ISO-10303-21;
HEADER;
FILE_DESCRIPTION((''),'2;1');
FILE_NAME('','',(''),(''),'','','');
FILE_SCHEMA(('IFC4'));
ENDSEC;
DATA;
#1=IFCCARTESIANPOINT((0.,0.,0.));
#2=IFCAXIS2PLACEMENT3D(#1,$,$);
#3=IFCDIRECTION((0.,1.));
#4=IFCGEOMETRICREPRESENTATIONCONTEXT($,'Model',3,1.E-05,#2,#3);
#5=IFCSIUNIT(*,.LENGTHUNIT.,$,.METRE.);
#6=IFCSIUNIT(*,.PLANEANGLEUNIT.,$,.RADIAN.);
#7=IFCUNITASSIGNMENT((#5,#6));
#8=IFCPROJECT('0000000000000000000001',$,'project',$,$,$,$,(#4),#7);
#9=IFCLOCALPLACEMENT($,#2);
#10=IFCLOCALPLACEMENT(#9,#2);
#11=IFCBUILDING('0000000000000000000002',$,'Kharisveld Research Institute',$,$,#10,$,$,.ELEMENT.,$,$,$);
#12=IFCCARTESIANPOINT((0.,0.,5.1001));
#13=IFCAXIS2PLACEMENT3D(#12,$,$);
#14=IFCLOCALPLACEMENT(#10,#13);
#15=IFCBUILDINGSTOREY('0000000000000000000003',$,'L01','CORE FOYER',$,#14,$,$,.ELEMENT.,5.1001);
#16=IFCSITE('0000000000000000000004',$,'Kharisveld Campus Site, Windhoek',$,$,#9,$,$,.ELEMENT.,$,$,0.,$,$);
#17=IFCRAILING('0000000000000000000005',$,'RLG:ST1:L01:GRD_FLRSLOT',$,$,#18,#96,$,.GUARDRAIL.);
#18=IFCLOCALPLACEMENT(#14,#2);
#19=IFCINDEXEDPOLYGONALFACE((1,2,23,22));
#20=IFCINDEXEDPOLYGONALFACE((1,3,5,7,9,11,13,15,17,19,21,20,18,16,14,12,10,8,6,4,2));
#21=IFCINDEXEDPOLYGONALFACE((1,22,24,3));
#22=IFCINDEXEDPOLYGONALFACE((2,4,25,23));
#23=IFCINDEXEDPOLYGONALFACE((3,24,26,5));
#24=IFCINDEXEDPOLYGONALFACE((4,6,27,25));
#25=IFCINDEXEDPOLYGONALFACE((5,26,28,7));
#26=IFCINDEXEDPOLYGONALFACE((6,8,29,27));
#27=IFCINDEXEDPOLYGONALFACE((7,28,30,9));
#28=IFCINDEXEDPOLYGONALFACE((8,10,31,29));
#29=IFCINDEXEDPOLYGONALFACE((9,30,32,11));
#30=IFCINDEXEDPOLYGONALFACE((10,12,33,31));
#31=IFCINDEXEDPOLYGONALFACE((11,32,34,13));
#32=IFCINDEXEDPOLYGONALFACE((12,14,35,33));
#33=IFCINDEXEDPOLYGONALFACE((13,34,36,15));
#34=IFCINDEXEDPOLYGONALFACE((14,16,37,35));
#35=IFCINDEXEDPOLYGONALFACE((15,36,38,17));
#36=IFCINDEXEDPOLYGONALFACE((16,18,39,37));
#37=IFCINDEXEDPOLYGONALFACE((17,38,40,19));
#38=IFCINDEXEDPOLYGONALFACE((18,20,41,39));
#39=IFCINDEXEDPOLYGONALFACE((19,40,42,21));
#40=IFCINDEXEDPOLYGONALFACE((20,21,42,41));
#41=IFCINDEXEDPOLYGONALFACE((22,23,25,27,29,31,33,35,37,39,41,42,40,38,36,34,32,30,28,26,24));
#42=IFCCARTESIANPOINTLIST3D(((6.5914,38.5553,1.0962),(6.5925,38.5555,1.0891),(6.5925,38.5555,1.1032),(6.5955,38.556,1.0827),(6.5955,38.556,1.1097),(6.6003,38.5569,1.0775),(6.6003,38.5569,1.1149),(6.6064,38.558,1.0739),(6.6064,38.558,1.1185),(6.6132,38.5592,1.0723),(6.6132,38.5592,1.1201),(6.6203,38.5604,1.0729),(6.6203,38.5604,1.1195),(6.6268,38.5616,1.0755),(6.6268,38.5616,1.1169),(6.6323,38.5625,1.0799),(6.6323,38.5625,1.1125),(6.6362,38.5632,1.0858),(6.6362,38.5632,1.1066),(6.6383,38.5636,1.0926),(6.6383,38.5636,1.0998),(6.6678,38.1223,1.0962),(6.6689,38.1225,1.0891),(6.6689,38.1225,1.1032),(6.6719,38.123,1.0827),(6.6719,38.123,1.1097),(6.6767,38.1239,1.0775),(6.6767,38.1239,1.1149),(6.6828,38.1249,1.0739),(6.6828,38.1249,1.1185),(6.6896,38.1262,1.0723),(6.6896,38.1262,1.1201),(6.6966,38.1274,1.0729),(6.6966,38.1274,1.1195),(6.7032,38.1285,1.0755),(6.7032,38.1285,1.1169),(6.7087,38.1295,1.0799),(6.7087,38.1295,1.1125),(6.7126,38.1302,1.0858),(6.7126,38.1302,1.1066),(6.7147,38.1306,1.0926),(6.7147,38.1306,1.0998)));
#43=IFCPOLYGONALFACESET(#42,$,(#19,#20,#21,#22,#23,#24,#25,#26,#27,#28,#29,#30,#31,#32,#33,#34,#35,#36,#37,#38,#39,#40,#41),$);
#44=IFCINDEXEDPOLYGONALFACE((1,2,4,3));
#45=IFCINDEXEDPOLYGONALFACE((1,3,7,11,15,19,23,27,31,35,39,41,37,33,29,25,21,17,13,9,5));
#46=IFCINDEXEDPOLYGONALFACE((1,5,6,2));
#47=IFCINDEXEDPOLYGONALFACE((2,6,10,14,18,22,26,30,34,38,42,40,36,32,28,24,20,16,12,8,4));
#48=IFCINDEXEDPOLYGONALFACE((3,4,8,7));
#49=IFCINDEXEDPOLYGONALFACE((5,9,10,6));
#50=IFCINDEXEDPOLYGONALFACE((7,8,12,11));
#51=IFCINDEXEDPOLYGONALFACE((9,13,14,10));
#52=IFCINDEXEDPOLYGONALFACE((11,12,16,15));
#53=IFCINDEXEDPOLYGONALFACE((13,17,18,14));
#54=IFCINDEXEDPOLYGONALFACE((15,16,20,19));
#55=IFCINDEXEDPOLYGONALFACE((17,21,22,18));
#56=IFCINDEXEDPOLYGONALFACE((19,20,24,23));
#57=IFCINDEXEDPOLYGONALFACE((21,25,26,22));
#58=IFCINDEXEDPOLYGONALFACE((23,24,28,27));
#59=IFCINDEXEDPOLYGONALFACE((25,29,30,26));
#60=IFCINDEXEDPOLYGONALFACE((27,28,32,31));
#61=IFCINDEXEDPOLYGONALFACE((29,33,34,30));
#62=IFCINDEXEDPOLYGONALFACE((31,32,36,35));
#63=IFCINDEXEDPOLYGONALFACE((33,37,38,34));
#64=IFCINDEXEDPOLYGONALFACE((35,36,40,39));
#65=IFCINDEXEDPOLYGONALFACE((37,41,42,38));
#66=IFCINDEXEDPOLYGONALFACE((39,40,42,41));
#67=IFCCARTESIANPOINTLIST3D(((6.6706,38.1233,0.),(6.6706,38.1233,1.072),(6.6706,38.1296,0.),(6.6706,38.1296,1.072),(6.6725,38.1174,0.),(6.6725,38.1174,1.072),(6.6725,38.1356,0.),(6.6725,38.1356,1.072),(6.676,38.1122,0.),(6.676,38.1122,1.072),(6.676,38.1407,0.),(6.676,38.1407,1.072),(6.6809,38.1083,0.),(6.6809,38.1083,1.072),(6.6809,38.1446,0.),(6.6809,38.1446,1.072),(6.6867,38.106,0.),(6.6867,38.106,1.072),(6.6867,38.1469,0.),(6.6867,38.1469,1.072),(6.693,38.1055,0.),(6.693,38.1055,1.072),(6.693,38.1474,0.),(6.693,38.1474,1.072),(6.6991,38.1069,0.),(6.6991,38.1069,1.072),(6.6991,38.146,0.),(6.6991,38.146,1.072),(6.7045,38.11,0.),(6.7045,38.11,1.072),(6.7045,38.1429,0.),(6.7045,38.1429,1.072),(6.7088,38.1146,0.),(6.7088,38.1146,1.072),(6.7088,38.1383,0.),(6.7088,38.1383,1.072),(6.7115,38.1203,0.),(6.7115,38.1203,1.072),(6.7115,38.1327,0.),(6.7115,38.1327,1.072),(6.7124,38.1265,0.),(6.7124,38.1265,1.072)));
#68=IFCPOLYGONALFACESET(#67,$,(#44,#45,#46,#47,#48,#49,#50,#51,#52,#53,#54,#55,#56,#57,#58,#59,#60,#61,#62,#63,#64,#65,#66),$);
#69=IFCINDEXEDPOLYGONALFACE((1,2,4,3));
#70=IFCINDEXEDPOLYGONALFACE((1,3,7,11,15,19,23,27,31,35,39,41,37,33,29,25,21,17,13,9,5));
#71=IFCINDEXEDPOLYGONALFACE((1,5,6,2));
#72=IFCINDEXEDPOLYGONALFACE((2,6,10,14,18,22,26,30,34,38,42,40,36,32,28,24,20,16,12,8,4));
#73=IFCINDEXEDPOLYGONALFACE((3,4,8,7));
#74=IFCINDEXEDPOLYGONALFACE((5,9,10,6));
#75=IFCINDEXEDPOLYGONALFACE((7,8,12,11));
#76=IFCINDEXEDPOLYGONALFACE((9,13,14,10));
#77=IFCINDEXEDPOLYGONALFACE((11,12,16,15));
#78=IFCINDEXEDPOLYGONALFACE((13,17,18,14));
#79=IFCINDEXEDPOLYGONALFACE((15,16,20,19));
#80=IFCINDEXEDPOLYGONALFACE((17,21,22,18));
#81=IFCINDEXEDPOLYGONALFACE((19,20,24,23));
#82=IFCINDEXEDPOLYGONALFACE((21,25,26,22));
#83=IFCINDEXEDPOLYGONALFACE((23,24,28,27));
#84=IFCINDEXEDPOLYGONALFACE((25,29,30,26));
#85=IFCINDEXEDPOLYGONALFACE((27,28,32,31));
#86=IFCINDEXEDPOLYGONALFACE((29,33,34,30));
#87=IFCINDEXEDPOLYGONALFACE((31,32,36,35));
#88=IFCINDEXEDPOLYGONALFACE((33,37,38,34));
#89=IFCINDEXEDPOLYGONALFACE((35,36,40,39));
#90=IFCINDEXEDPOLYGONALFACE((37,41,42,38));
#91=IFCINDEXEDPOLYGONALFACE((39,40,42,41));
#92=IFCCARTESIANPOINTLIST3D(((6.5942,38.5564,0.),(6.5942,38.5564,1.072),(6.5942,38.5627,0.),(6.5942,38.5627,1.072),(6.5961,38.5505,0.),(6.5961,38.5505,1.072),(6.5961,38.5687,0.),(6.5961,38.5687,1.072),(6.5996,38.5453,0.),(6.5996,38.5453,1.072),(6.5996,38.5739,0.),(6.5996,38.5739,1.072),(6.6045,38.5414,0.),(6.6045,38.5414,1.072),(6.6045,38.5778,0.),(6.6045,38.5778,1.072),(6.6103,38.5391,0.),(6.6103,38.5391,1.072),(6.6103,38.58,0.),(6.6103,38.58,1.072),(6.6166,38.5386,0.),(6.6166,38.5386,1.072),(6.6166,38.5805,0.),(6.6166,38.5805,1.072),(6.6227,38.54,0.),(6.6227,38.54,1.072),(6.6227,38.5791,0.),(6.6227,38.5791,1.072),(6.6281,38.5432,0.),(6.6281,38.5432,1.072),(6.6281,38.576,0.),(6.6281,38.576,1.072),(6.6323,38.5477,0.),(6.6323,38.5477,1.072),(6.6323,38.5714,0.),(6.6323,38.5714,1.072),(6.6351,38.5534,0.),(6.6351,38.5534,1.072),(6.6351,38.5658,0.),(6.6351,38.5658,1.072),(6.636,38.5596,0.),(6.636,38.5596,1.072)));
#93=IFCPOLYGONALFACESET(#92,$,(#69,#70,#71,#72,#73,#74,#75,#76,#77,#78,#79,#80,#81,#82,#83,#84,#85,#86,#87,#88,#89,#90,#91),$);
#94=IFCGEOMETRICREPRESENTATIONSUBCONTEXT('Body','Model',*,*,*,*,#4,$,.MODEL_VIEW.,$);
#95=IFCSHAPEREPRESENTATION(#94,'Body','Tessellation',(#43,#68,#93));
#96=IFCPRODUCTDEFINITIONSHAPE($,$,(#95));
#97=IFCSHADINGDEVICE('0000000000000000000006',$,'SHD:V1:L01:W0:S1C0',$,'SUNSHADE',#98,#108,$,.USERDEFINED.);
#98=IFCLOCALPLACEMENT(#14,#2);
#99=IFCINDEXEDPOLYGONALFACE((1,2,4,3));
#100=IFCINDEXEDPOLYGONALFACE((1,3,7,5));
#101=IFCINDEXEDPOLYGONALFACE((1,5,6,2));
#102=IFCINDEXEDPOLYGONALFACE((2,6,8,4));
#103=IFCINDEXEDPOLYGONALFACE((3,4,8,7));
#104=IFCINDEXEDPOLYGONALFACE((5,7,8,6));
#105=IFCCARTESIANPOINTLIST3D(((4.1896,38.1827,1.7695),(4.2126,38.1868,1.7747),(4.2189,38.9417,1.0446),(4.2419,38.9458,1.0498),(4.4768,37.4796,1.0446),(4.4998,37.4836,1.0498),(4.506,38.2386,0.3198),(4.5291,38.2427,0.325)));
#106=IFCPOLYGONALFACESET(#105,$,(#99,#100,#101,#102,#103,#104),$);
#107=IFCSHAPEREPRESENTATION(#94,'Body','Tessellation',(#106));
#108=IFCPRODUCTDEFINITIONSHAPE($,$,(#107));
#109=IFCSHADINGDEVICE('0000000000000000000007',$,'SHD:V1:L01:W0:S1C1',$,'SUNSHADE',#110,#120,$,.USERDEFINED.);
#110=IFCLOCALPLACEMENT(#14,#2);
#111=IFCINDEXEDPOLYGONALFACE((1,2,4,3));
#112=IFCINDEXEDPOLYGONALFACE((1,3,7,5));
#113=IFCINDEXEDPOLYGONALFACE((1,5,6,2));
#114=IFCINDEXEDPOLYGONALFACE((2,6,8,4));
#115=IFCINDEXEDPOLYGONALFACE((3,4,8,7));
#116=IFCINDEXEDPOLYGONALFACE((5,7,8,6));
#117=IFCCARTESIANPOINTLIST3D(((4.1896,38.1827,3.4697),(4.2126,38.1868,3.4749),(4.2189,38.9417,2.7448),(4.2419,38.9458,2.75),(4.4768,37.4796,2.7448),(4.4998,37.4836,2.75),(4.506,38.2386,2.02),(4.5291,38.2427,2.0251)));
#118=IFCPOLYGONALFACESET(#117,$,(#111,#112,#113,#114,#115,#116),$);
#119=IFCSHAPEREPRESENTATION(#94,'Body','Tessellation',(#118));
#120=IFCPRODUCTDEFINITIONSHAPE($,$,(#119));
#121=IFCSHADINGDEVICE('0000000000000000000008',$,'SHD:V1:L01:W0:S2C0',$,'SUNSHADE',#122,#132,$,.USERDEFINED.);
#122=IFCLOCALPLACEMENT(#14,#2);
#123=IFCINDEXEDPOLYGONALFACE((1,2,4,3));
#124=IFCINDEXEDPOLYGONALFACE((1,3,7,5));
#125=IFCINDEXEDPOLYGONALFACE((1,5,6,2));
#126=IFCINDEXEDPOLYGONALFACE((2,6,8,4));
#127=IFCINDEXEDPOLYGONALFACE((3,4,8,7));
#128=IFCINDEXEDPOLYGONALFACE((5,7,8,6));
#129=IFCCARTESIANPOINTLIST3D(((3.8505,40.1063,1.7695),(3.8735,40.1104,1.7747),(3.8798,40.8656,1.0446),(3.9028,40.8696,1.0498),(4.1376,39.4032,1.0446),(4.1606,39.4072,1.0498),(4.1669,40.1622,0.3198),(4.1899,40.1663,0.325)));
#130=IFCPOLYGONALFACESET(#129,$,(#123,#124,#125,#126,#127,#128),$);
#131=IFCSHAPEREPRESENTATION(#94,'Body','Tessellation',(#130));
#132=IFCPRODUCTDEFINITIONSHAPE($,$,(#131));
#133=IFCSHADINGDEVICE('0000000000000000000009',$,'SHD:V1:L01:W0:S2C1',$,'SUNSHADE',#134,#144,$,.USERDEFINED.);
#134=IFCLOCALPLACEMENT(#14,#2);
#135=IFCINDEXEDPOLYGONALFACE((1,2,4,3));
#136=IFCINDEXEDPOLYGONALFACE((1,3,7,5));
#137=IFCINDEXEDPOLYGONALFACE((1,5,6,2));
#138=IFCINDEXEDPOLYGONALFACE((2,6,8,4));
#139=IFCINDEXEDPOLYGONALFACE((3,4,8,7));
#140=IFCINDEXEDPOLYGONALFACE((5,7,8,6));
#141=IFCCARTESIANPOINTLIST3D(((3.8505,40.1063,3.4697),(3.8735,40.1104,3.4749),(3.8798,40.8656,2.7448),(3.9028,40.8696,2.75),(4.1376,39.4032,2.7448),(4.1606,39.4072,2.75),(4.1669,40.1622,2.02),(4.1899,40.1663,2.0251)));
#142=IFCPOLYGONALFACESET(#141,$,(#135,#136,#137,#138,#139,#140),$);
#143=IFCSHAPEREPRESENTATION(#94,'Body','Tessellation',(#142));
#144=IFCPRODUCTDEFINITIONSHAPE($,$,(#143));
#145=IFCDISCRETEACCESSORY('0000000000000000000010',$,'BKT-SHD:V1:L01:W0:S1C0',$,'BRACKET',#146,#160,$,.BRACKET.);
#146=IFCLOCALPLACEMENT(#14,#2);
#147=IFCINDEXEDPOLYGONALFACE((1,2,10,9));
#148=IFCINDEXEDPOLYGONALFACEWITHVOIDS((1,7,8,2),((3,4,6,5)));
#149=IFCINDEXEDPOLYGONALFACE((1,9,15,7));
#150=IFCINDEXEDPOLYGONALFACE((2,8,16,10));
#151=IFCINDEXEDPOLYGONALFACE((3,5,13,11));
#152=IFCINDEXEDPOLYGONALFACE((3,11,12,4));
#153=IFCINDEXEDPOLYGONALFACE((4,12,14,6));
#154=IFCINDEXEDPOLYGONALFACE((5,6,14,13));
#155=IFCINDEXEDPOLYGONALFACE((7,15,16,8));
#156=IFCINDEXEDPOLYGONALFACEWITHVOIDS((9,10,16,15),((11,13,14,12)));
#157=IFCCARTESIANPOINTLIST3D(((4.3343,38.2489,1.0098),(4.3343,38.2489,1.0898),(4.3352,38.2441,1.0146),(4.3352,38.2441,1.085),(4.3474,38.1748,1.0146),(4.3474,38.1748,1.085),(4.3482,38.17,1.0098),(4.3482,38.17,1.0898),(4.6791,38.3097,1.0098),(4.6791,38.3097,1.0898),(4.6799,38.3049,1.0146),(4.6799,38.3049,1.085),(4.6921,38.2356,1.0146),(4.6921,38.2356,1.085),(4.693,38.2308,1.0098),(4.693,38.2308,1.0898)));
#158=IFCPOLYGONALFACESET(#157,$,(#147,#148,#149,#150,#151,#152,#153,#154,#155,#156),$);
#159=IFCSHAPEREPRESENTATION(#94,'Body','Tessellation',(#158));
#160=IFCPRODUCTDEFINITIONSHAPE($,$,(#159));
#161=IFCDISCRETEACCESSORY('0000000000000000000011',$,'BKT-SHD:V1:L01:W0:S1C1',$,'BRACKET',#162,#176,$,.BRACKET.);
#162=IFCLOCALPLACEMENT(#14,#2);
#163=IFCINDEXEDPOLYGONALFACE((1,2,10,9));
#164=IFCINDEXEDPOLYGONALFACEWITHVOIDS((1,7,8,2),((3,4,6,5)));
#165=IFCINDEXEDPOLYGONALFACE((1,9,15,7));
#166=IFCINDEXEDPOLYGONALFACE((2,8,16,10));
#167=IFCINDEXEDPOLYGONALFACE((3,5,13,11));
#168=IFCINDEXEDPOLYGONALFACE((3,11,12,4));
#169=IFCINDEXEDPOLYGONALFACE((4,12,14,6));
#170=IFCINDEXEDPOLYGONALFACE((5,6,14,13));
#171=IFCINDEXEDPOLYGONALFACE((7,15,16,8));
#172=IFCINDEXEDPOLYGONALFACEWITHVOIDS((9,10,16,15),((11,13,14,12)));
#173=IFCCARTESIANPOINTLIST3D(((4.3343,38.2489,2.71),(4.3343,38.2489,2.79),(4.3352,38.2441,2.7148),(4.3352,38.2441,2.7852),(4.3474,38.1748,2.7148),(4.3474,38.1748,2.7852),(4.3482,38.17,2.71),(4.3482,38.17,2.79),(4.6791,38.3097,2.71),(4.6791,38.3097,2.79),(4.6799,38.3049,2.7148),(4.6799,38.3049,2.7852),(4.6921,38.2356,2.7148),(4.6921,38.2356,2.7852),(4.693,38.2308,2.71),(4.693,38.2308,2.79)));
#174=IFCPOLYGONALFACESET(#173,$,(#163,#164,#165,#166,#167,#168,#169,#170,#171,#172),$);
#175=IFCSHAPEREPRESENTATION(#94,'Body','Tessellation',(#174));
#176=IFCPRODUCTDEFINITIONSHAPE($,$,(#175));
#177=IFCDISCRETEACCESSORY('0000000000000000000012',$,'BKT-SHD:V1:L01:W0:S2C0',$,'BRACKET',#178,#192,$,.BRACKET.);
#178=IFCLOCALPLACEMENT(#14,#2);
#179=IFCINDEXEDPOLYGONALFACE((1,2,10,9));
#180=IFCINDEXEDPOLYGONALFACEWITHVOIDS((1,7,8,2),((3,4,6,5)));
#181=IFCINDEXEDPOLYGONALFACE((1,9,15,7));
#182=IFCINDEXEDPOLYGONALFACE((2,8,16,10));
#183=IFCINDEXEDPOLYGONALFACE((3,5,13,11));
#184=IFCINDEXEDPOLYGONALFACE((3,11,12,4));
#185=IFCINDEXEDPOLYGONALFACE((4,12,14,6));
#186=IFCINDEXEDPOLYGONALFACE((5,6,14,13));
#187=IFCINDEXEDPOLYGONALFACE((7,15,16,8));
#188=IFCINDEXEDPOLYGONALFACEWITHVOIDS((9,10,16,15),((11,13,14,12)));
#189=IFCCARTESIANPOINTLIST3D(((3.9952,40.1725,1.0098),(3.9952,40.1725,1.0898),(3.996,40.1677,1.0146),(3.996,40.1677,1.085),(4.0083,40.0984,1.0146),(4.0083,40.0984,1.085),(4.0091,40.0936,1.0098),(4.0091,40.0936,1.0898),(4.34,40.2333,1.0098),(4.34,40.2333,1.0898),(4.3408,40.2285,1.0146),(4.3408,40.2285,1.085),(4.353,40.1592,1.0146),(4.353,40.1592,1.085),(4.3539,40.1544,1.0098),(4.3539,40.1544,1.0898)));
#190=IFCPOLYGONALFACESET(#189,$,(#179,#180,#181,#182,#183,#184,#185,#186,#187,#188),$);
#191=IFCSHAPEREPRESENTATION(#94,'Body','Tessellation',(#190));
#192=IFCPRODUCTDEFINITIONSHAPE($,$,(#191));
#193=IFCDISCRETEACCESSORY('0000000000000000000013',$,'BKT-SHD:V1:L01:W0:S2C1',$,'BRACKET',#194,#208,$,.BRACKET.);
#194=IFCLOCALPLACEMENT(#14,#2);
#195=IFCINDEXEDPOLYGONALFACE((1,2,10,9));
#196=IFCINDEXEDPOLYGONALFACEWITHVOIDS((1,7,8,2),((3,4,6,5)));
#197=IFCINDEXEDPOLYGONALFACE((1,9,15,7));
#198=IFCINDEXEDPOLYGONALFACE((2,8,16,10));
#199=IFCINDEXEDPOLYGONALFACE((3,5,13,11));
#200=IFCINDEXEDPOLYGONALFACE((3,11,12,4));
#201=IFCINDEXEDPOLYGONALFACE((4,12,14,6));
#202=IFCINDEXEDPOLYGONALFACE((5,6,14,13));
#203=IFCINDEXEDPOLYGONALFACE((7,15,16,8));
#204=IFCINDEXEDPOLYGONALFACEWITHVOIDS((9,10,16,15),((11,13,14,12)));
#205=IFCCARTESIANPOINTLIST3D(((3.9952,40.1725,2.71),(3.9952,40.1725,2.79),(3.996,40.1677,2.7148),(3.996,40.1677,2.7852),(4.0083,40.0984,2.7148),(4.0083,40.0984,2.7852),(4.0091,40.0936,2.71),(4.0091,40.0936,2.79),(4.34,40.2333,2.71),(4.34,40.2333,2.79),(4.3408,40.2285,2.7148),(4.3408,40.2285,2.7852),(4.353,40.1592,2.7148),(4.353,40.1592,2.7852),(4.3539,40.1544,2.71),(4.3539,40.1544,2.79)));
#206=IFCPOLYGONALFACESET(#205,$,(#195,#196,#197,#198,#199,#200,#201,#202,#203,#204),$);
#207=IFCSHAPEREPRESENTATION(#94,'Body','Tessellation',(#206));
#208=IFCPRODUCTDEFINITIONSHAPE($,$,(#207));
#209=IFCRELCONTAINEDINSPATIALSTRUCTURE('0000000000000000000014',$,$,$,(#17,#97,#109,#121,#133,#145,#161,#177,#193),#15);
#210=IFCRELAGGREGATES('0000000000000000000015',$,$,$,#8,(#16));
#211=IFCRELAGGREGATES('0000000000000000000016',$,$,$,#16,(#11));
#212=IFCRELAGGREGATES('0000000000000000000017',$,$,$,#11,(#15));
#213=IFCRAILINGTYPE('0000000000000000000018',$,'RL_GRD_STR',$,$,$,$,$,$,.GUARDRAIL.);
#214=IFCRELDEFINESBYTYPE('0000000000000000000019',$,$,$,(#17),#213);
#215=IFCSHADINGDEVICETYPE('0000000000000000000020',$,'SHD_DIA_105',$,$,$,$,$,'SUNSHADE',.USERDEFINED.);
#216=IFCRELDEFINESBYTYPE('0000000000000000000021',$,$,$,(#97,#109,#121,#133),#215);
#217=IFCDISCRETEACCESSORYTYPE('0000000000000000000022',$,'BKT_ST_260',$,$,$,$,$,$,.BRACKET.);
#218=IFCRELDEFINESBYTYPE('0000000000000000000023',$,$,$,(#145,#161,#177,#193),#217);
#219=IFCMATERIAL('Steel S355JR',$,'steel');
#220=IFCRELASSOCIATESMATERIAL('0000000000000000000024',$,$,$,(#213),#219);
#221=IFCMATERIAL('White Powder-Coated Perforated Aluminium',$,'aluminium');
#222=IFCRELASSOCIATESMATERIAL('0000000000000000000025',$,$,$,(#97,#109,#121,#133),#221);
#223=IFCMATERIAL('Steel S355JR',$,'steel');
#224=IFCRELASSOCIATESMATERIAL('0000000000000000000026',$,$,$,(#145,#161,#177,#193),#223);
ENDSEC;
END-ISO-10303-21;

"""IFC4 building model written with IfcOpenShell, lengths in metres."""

from ifc_helpers import new_model, si_unit, direction, frame, origin, origin_2d, place, context, subcontext, project, spatial, polyline, hollow_rectangle, circle, outline, extrude, material, type_object, element, save


model = new_model("IFC4")

# Units and contexts
model_context = context("Model", 3, precision=1e-05, world=origin(), true_north=direction((0.0, 1.0)))
body_context = subcontext(model_context, "Body", "Model", "MODEL_VIEW")
ifc_project = project(units=[si_unit("LENGTHUNIT", "METRE"), si_unit("PLANEANGLEUNIT", "RADIAN")], contexts=[model_context])

# Site, building, storey
site_placement = place(None, origin())
site = spatial("IfcSite", under=ifc_project, at=site_placement, Name="Kharisveld Campus Site, Windhoek", CompositionType="ELEMENT", RefElevation=0.0)
building_placement = place(site_placement, origin())
building = spatial("IfcBuilding", under=site, at=building_placement, Name="Kharisveld Research Institute", CompositionType="ELEMENT")
storey_placement = place(building_placement, frame((0.0, 0.0, 5.1001)))
storey = spatial("IfcBuildingStorey", under=building, at=storey_placement, Name="L01", Description="CORE FOYER", CompositionType="ELEMENT", Elevation=5.1001)

# Railing
ifc_material_1 = material(Name="Steel S355JR", Category="steel")
railing_type_1 = type_object("IfcRailingType", Name="RL_GRD_STR", PredefinedType="GUARDRAIL", material=ifc_material_1)
railing_1_placement = place(storey_placement, frame((6.6914, 38.1265, 0.0)))
element("IfcRailing", 1, at=railing_1_placement, inside=storey, type_object=railing_type_1, Name="RLG:ST1:L01:GRD_FLRSLOT", PredefinedType="GUARDRAIL", context=body_context, shape_type="SweptSolid", body=[
    extrude(circle(Radius=0.0239, at=origin_2d()), frame((0.0, 0.0, 1.0962), z_axis=(-0.173754, 0.984789, 0.0), x_axis=(-0.984789, -0.173754, 0.0)), (0.0, 0.0, 1.0), 0.4397),
    extrude(circle(Radius=0.021, at=origin_2d()), origin(), (0.0, 0.0, 1.0), 1.072),
    extrude(circle(Radius=0.021, at=origin_2d()), frame((-0.0764, 0.4331, 0.0)), (0.0, 0.0, 1.0), 1.072),
])

# Shading devices
ifc_material_2 = material(Name="White Powder-Coated Perforated Aluminium", Category="aluminium")
shading_device_type = type_object("IfcShadingDeviceType", Name="SHD_DIA_105", ElementType="SUNSHADE", PredefinedType="USERDEFINED")
for number, where, z_axis, x_axis, name in (
    (2, (4.5291, 38.2427, 0.325), (0.961476, 0.169531, 0.216385), (-0.273471, 0.669725, 0.690421), "SHD:V1:L01:W0:S1C0"),
    (3, (4.5291, 38.2427, 2.0251), (0.961476, 0.169531, 0.216385), (-0.273471, 0.669725, 0.690421), "SHD:V1:L01:W0:S1C1"),
):
    element("IfcShadingDevice", number, at=place(storey_placement, frame(where, z_axis=z_axis, x_axis=x_axis)), inside=storey, type_object=shading_device_type, material=ifc_material_2, Name=name, ObjectType="SUNSHADE", PredefinedType="USERDEFINED", context=body_context, shape_type="SweptSolid", body=[
        extrude(outline(polyline([(0.0, 0.0), (1.0499, 0.0), (1.05, 1.05), (0.0001, 1.05), (0.0, 0.0)])), origin(), (0.0, 0.0, -1.0), 0.0239),
    ])
for number, where, z_axis, x_axis, name in (
    (4, (4.1899, 40.1663, 0.325), (0.961481, 0.169503, 0.216385), (-0.273447, 0.66985, 0.69031), "SHD:V1:L01:W0:S2C0"),
    (5, (4.1899, 40.1663, 2.0251), (0.961481, 0.169503, 0.216385), (-0.273447, 0.66985, 0.69031), "SHD:V1:L01:W0:S2C1"),
):
    element("IfcShadingDevice", number, at=place(storey_placement, frame(where, z_axis=z_axis, x_axis=x_axis)), inside=storey, type_object=shading_device_type, material=ifc_material_2, Name=name, ObjectType="SUNSHADE", PredefinedType="USERDEFINED", context=body_context, shape_type="SweptSolid", body=[
        extrude(outline(polyline([(0.0, 0.0), (1.05, 0.0), (1.0498, 1.0501), (-0.0001, 1.05), (0.0, 0.0)])), origin(), (0.0, 0.0, -1.0), 0.0239),
    ])

# Discrete accessories
ifc_material_3 = material(Name="Steel S355JR", Category="steel")
discrete_accessory_type = type_object("IfcDiscreteAccessoryType", Name="BKT_ST_260", PredefinedType="BRACKET")
for number, where, z_axis, x_axis, name in (
    (6, (4.686, 38.2703, 1.0498), (-0.984805, -0.173666, 0.0), (0.173666, -0.984805, 0.0), "BKT-SHD:V1:L01:W0:S1C0"),
    (7, (4.686, 38.2703, 2.75), (-0.984805, -0.173666, 0.0), (0.173666, -0.984805, 0.0), "BKT-SHD:V1:L01:W0:S1C1"),
    (8, (4.3469, 40.1938, 1.0498), (-0.984805, -0.173666, 0.0), (0.173666, -0.984805, 0.0), "BKT-SHD:V1:L01:W0:S2C0"),
    (9, (4.3469, 40.1938, 2.75), (-0.984805, -0.173666, 0.0), (0.173666, -0.984805, 0.0), "BKT-SHD:V1:L01:W0:S2C1"),
):
    element("IfcDiscreteAccessory", number, at=place(storey_placement, frame(where, z_axis=z_axis, x_axis=x_axis)), inside=storey, type_object=discrete_accessory_type, material=ifc_material_3, Name=name, ObjectType="BRACKET", PredefinedType="BRACKET", context=body_context, shape_type="SweptSolid", body=[
        extrude(hollow_rectangle(XDim=0.0801, YDim=0.0801, WallThickness=0.0049, at=origin_2d()), origin(), (0.0, 0.0, 1.0), 0.3501),
    ])

save(model, "model.ifc")
